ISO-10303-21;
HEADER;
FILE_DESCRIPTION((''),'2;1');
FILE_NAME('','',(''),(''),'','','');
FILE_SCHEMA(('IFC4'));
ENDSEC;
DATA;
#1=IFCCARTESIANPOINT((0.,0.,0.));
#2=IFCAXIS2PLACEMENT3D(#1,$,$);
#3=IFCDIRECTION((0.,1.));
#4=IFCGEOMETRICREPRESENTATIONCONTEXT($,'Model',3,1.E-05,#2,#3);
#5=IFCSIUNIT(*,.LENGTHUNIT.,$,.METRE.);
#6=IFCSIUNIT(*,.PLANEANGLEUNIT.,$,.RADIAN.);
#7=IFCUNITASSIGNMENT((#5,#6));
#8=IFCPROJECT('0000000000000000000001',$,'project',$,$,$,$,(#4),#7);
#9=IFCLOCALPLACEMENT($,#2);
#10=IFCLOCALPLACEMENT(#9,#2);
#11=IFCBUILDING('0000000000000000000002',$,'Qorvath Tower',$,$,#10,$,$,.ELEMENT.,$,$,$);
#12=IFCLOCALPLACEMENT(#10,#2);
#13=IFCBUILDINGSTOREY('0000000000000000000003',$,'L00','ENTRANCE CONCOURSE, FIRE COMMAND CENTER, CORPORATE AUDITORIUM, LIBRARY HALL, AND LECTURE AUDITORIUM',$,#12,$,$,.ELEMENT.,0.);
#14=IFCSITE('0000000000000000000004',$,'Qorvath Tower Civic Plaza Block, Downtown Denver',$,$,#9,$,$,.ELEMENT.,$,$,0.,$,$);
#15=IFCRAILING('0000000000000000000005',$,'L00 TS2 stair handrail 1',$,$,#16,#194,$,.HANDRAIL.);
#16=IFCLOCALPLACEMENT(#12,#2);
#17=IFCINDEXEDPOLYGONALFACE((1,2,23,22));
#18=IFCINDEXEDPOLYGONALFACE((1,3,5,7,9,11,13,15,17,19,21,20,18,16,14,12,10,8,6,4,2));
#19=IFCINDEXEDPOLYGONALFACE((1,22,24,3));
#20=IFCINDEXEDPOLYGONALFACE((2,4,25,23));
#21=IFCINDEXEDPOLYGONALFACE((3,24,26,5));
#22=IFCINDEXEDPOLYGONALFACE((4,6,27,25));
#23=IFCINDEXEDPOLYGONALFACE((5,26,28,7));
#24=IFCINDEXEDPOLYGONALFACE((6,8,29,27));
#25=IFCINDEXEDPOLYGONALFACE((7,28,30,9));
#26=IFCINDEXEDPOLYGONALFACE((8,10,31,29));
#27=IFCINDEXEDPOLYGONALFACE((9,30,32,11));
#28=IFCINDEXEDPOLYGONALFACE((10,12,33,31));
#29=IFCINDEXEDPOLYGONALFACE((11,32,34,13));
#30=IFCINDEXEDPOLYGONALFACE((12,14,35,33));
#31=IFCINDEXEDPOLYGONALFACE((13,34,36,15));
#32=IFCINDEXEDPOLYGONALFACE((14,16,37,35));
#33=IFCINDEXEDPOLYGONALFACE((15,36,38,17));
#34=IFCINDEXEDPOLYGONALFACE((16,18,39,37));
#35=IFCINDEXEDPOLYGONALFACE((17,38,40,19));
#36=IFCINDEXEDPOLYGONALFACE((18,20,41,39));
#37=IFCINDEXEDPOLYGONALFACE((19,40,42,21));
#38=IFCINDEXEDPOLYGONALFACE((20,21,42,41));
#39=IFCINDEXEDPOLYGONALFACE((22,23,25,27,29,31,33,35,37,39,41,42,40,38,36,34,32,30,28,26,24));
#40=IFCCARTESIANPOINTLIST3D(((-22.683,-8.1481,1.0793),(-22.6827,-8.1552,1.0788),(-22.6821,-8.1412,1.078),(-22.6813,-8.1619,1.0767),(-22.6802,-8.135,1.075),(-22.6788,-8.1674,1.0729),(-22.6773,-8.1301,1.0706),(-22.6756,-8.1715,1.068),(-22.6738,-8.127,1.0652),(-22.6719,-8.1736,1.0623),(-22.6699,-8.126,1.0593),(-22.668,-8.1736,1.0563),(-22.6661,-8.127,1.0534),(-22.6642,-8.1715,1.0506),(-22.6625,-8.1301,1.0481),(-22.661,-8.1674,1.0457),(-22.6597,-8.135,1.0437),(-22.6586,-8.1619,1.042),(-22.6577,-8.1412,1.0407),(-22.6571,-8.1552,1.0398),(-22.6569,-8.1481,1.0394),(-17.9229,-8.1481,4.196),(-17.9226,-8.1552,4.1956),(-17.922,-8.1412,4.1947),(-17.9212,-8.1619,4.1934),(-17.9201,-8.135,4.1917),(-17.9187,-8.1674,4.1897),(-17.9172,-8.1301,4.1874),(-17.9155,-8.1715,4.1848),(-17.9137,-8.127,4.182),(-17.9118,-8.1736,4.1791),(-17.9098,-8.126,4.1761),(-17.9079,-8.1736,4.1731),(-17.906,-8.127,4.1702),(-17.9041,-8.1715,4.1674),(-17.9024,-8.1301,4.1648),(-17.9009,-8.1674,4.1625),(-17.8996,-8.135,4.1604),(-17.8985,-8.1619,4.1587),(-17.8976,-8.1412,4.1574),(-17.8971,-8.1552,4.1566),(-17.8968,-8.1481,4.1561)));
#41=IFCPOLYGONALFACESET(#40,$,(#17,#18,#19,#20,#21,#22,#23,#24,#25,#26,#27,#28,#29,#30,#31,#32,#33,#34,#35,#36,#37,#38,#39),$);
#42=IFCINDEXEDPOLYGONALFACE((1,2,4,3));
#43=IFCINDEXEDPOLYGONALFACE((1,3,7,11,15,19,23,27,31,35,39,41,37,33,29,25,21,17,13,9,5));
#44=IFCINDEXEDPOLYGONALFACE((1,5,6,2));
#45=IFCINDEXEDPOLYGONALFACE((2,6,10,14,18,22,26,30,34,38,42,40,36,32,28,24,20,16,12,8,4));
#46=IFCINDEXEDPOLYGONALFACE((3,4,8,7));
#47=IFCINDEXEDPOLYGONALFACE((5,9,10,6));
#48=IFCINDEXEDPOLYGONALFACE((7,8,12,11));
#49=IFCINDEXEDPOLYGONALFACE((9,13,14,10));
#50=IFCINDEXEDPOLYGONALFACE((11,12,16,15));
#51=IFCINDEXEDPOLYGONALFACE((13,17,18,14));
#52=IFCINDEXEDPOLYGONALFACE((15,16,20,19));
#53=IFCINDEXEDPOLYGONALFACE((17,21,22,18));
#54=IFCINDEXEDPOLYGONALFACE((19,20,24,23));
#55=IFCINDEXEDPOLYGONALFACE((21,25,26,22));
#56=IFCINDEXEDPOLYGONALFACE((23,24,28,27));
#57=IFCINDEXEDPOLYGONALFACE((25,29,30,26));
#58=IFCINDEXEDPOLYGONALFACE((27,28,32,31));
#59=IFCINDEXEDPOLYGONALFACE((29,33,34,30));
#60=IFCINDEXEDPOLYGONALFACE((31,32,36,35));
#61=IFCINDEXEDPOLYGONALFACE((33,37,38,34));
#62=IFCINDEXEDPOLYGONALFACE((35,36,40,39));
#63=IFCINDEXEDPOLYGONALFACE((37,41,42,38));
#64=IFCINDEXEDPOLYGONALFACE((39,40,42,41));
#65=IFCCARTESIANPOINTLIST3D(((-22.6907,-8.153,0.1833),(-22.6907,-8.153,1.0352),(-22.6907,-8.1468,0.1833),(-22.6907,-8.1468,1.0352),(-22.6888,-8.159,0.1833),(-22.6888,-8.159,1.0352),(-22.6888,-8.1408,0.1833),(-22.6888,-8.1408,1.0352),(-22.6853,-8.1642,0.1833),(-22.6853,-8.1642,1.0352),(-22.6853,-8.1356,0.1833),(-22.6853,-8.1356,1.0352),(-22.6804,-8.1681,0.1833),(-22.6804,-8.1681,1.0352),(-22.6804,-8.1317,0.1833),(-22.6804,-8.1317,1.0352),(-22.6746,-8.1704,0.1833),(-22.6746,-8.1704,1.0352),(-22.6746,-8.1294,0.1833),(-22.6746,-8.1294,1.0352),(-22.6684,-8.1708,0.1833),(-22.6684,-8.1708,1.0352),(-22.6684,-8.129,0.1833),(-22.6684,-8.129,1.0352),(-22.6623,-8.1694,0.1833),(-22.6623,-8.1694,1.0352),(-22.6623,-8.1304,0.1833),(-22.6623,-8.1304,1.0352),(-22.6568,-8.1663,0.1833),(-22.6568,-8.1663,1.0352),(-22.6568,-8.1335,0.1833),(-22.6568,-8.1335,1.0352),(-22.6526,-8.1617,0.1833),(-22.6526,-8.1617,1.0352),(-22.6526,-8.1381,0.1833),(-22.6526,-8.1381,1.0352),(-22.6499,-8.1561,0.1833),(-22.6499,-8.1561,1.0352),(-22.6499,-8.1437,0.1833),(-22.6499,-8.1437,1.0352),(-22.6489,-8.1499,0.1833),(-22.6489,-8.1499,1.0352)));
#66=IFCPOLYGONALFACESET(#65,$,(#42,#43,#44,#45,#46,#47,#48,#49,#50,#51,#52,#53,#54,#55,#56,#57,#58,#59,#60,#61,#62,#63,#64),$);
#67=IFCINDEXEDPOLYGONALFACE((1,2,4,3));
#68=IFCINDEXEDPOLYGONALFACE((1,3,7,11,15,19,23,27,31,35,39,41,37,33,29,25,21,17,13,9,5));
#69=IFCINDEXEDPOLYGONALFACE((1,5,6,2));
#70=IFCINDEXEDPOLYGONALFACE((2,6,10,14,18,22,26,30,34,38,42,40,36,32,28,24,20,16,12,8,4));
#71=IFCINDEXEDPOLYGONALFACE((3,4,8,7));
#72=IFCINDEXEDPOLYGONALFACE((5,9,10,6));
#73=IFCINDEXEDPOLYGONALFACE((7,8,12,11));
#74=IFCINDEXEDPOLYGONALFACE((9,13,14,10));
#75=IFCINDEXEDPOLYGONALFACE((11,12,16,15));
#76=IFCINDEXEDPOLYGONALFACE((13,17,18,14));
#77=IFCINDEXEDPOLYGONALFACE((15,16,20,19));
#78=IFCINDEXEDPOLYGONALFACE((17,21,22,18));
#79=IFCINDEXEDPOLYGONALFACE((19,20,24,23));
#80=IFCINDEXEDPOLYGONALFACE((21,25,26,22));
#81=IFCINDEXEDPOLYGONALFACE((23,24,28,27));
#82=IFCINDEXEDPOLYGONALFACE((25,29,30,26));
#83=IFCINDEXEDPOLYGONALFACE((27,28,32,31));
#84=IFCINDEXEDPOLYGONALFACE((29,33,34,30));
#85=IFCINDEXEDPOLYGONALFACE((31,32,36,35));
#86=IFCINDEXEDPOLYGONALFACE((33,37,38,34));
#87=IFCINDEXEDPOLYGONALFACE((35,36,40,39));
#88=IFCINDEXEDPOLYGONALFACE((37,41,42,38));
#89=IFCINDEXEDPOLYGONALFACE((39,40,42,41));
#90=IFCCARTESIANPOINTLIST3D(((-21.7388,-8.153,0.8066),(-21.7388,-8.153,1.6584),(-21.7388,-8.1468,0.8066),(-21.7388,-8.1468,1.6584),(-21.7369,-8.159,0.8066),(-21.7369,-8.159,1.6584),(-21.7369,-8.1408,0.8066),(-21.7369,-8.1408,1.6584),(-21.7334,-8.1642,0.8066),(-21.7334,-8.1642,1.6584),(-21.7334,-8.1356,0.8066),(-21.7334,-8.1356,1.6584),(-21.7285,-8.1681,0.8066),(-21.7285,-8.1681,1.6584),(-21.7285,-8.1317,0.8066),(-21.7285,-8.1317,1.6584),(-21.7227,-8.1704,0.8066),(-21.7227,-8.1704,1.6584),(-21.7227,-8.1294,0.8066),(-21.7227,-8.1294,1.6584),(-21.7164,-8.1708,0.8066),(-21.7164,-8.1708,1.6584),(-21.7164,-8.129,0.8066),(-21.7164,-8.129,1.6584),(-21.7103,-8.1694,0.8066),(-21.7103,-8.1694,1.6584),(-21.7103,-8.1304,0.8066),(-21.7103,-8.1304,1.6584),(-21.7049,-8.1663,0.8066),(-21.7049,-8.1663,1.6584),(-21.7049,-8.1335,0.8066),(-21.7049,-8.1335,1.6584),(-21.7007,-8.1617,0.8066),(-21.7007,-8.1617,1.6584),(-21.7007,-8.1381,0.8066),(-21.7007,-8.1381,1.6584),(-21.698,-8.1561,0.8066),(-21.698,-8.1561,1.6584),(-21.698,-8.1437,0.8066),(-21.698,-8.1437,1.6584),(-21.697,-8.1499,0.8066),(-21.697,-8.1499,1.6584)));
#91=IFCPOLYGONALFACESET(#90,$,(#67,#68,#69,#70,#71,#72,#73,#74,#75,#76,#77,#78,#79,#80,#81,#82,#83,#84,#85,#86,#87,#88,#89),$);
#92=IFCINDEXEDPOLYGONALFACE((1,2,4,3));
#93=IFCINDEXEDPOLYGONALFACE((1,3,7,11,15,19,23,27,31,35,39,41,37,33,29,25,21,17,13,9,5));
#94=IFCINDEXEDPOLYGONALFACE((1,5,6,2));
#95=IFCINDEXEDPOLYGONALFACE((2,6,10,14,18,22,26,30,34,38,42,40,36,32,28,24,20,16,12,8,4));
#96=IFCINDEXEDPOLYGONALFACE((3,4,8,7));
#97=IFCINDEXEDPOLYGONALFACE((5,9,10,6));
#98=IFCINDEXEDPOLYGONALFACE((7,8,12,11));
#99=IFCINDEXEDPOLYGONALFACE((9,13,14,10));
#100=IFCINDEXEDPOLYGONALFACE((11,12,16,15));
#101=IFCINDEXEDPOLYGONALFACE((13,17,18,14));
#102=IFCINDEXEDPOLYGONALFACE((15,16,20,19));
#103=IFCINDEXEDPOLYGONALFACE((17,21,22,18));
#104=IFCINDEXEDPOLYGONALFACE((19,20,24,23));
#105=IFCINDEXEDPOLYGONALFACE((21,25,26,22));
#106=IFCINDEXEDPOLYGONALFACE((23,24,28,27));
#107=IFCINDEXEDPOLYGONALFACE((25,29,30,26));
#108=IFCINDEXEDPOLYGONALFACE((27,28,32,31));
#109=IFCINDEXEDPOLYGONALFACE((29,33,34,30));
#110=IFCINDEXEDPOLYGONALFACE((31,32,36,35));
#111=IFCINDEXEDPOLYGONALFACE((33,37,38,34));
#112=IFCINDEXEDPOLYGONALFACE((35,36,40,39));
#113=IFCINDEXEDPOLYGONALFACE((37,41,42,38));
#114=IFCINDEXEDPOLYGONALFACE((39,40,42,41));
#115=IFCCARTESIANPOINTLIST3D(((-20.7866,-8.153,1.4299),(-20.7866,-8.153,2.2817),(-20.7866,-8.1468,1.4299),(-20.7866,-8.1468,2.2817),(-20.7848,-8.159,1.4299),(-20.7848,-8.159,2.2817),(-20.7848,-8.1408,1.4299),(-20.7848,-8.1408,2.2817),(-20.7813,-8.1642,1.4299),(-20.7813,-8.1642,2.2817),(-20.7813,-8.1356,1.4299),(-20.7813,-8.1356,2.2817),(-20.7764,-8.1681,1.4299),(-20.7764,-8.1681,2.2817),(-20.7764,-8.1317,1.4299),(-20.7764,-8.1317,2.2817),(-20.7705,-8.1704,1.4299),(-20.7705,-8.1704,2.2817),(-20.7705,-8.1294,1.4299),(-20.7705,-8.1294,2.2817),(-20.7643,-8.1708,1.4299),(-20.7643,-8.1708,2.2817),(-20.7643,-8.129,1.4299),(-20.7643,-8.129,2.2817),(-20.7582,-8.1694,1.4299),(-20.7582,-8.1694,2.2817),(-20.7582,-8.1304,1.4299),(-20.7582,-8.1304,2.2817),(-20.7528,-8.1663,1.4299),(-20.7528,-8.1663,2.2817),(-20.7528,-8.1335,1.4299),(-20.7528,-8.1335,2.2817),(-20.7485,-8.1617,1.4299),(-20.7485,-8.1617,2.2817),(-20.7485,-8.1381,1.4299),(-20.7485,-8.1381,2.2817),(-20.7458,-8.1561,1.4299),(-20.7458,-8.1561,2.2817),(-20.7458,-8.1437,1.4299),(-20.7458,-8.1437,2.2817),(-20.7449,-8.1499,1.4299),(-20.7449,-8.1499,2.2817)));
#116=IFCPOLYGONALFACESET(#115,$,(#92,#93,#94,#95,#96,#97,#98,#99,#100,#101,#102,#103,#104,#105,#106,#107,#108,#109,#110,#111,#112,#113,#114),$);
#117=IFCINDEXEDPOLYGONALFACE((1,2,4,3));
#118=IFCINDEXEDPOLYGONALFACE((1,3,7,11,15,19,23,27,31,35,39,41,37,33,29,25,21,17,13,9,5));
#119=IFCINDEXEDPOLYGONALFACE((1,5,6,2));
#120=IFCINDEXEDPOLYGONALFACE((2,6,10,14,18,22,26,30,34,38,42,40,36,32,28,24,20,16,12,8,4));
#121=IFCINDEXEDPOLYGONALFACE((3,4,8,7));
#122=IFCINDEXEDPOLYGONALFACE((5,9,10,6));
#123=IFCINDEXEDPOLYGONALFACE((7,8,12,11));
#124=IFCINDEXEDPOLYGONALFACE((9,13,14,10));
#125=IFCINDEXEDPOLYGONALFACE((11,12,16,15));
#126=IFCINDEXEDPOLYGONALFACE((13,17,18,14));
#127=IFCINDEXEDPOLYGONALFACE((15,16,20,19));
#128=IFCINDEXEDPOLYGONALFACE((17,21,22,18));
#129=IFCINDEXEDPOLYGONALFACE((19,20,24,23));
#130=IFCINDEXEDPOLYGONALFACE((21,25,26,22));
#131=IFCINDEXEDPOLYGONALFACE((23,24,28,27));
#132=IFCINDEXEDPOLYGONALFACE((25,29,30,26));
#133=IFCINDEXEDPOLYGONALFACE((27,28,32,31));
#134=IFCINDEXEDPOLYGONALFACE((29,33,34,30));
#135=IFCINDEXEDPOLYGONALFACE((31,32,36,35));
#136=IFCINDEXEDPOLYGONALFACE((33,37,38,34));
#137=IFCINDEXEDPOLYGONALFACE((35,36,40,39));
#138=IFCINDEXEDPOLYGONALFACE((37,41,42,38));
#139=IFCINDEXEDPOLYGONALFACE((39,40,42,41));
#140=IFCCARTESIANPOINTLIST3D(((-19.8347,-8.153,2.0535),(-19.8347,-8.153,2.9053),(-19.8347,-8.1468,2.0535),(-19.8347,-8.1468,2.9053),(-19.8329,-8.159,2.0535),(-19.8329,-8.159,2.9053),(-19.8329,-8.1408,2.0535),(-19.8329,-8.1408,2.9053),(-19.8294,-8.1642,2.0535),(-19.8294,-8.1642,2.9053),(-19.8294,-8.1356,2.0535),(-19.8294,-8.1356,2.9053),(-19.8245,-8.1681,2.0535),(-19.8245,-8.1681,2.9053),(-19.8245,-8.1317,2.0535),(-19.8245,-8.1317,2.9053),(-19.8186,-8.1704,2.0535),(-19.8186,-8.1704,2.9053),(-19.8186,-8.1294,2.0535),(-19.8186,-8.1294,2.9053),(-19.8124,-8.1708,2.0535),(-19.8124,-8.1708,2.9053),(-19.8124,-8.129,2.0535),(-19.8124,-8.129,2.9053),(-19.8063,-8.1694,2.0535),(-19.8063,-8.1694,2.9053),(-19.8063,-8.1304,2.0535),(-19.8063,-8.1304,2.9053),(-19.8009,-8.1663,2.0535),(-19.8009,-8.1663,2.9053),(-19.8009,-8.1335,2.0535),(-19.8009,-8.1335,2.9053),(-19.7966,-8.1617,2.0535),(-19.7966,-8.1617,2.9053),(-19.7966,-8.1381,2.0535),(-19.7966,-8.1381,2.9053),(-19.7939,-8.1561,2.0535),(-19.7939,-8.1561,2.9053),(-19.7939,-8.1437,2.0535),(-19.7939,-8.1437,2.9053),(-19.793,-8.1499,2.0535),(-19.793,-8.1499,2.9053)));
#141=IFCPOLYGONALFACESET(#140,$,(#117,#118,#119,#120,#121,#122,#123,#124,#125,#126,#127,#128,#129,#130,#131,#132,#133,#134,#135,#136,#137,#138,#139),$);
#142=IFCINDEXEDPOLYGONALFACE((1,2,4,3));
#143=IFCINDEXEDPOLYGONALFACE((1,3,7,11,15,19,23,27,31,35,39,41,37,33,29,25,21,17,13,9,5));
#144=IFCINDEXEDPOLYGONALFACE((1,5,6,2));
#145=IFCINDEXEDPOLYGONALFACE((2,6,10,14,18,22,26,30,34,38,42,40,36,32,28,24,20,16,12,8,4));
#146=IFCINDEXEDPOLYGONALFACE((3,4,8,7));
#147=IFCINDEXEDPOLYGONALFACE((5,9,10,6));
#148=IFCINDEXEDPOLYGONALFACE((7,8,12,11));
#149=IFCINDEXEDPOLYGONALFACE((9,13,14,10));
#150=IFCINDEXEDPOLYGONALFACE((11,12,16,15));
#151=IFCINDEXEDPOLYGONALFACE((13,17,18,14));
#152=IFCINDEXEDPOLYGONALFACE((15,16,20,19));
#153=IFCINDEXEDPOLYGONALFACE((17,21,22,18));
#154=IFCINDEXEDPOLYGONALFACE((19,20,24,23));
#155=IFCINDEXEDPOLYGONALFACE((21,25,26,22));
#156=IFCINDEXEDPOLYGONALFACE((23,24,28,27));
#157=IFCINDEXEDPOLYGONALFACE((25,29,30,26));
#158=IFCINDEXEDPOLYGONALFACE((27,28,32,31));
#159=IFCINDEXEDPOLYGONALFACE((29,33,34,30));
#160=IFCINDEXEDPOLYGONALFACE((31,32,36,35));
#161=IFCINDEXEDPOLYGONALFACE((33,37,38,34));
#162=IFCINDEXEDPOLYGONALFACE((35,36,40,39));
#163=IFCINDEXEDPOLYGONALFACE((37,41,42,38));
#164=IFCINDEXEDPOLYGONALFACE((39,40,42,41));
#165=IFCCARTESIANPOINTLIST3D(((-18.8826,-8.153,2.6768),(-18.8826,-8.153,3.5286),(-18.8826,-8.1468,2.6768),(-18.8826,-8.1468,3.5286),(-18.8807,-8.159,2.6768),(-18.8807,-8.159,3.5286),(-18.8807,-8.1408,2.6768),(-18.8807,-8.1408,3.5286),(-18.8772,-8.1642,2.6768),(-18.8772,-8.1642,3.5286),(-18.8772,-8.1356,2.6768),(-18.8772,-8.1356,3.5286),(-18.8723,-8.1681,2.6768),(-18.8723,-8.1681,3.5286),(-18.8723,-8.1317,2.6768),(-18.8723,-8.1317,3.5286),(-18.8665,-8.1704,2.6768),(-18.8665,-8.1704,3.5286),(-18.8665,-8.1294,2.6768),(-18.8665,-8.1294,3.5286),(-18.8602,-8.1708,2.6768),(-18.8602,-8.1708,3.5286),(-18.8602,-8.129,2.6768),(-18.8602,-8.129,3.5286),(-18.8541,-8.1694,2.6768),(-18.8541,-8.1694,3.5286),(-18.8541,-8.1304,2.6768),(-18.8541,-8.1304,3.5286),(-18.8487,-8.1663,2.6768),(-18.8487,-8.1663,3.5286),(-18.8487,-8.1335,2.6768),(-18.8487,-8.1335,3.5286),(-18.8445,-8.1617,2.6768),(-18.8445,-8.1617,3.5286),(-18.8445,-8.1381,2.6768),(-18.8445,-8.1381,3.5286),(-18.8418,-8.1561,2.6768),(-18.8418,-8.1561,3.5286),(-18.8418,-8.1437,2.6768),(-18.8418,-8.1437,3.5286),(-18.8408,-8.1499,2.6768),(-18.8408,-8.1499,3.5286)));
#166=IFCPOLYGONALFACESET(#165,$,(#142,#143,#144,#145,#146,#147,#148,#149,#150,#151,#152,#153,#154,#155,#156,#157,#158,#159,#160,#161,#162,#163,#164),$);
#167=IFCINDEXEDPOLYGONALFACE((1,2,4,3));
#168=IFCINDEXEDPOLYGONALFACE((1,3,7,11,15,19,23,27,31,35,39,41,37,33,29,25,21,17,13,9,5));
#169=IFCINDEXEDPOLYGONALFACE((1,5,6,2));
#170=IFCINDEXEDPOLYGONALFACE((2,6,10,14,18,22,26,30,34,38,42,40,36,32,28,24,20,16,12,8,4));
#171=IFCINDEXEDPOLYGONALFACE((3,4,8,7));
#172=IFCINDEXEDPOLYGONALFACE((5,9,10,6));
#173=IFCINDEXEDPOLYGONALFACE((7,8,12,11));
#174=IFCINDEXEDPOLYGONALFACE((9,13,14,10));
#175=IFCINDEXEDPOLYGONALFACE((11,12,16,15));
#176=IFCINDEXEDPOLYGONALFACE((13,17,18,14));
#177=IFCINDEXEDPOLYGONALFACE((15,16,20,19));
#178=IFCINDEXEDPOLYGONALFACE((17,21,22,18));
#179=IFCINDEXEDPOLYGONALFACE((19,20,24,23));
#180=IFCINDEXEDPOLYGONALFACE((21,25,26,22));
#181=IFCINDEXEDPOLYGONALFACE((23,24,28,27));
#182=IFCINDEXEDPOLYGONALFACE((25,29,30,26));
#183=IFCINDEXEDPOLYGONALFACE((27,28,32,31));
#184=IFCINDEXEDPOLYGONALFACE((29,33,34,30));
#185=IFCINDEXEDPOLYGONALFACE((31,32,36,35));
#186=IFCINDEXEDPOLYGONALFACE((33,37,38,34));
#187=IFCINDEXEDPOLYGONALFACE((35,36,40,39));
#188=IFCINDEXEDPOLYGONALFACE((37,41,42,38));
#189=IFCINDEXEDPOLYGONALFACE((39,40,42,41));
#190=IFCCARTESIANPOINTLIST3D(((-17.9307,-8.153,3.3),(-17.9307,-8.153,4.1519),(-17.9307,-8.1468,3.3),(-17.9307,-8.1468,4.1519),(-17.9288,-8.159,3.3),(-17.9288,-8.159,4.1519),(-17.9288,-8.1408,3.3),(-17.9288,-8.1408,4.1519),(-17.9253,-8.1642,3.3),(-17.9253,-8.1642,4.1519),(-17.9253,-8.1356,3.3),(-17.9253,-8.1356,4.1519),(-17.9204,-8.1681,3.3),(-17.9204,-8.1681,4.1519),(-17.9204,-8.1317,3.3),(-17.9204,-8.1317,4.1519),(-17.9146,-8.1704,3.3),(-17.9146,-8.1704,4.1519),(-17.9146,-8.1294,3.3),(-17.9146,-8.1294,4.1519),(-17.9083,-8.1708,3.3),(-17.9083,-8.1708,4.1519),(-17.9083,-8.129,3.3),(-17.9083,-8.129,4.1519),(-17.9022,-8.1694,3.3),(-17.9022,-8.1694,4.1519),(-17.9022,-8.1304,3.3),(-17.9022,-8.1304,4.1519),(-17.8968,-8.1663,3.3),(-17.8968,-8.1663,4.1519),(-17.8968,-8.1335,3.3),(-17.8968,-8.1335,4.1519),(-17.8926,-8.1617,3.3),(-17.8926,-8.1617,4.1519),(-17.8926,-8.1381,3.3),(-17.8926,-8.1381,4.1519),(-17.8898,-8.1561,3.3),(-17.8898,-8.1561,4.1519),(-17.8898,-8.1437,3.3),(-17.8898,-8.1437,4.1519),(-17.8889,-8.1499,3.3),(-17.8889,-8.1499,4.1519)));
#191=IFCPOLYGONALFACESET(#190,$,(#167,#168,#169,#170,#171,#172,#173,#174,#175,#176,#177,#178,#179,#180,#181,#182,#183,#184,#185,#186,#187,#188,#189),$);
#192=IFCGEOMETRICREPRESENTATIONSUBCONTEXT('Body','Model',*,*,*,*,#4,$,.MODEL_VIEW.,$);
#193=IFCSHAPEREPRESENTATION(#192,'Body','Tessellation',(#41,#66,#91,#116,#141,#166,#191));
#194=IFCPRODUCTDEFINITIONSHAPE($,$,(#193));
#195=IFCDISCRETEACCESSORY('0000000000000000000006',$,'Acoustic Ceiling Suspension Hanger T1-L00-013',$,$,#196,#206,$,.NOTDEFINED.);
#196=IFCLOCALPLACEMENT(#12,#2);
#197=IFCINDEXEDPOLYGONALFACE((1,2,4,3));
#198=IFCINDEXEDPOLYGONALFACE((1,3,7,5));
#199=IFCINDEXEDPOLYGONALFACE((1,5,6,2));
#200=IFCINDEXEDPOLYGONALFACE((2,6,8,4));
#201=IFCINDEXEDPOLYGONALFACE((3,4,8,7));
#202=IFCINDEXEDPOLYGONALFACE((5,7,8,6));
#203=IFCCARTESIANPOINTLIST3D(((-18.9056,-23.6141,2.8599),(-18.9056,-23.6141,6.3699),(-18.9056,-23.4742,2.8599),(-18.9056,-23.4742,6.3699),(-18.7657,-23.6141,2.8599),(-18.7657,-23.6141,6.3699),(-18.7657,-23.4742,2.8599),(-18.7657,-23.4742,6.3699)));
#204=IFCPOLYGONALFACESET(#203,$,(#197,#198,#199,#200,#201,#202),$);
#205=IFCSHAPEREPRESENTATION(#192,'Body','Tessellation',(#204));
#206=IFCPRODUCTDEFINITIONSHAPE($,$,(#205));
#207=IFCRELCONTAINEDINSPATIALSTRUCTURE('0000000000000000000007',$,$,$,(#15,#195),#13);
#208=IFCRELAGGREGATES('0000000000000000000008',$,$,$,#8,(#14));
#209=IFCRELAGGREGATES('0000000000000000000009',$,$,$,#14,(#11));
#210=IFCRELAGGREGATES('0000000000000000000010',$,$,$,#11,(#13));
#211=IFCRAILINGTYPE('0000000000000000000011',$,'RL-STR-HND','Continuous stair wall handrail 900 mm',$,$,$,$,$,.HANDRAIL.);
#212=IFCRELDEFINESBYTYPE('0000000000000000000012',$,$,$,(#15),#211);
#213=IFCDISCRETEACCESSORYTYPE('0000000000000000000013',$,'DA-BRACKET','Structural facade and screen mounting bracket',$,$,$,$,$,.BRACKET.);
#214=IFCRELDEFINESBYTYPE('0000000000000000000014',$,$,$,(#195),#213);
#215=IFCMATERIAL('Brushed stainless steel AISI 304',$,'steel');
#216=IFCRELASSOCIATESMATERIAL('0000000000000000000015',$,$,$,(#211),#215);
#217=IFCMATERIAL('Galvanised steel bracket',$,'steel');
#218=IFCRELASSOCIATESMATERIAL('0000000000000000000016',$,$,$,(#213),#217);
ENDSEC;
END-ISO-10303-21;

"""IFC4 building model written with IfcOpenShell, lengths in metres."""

from ifc_helpers import new_model, si_unit, direction, frame, origin, origin_2d, place, context, subcontext, project, spatial, rectangle, circle, extrude, material, type_object, element, save


model = new_model("IFC4")

# Units and contexts
model_context = context("Model", 3, precision=1e-05, world=origin(), true_north=direction((0.0, 1.0)))
body_context = subcontext(model_context, "Body", "Model", "MODEL_VIEW")
ifc_project = project(units=[si_unit("LENGTHUNIT", "METRE"), si_unit("PLANEANGLEUNIT", "RADIAN")], contexts=[model_context])

# Site, building, storey
site_placement = place(None, origin())
site = spatial("IfcSite", under=ifc_project, at=site_placement, Name="Qorvath Tower Civic Plaza Block, Downtown Denver", CompositionType="ELEMENT", RefElevation=0.0)
building_placement = place(site_placement, origin())
building = spatial("IfcBuilding", under=site, at=building_placement, Name="Qorvath Tower", CompositionType="ELEMENT")
storey_placement = place(building_placement, origin())
storey = spatial("IfcBuildingStorey", under=building, at=storey_placement, Name="L00", Description="ENTRANCE CONCOURSE, FIRE COMMAND CENTER, CORPORATE AUDITORIUM, LIBRARY HALL, AND LECTURE AUDITORIUM", CompositionType="ELEMENT", Elevation=0.0)

# Railing
ifc_material_1 = material(Name="Brushed stainless steel AISI 304", Category="steel")
railing_type = type_object("IfcRailingType", Name="RL-STR-HND", Description="Continuous stair wall handrail 900 mm", PredefinedType="HANDRAIL", material=ifc_material_1)
railing_placement = place(storey_placement, frame((-22.6699, -8.1499, 0.1833)))
element("IfcRailing", 1, at=railing_placement, inside=storey, type_object=railing_type, Name="L00 TS2 stair handrail 1", PredefinedType="HANDRAIL", context=body_context, shape_type="SweptSolid", body=[
    extrude(circle(Radius=0.0239, at=origin_2d()), frame((0.0, 0.0, 0.876), z_axis=(0.836616, 0.0, 0.547789), x_axis=(0.0, 1.0, 0.0)), (0.0, 0.0, 1.0), 5.6897),
    extrude(circle(Radius=0.021, at=origin_2d()), origin(), (0.0, 0.0, 1.0), 0.8518),
    extrude(circle(Radius=0.021, at=origin_2d()), frame((0.9519, 0.0, 0.6233)), (0.0, 0.0, 1.0), 0.8518),
    extrude(circle(Radius=0.021, at=origin_2d()), frame((1.9041, 0.0, 1.2466)), (0.0, 0.0, 1.0), 0.8518),
    extrude(circle(Radius=0.021, at=origin_2d()), frame((2.856, 0.0, 1.8701)), (0.0, 0.0, 1.0), 0.8518),
    extrude(circle(Radius=0.021, at=origin_2d()), frame((3.8081, 0.0, 2.4934)), (0.0, 0.0, 1.0), 0.8518),
    extrude(circle(Radius=0.021, at=origin_2d()), frame((4.76, 0.0, 3.1167)), (0.0, 0.0, 1.0), 0.8518),
])

# Discrete accessory
ifc_material_2 = material(Name="Galvanised steel bracket", Category="steel")
discrete_accessory_type = type_object("IfcDiscreteAccessoryType", Name="DA-BRACKET", Description="Structural facade and screen mounting bracket", PredefinedType="BRACKET", material=ifc_material_2)
discrete_accessory_placement = place(storey_placement, frame((-18.8357, -23.5442, 2.8599), z_axis=(0.0, 0.0, 1.0), x_axis=(1.0, 0.0, 0.0)))
element("IfcDiscreteAccessory", 2, at=discrete_accessory_placement, inside=storey, type_object=discrete_accessory_type, Name="Acoustic Ceiling Suspension Hanger T1-L00-013", PredefinedType="NOTDEFINED", context=body_context, shape_type="SweptSolid", body=[
    extrude(rectangle(XDim=0.1399, YDim=0.1399, at=origin_2d()), origin(), (0.0, 0.0, 1.0), 3.51),
])

save(model, "model.ifc")
